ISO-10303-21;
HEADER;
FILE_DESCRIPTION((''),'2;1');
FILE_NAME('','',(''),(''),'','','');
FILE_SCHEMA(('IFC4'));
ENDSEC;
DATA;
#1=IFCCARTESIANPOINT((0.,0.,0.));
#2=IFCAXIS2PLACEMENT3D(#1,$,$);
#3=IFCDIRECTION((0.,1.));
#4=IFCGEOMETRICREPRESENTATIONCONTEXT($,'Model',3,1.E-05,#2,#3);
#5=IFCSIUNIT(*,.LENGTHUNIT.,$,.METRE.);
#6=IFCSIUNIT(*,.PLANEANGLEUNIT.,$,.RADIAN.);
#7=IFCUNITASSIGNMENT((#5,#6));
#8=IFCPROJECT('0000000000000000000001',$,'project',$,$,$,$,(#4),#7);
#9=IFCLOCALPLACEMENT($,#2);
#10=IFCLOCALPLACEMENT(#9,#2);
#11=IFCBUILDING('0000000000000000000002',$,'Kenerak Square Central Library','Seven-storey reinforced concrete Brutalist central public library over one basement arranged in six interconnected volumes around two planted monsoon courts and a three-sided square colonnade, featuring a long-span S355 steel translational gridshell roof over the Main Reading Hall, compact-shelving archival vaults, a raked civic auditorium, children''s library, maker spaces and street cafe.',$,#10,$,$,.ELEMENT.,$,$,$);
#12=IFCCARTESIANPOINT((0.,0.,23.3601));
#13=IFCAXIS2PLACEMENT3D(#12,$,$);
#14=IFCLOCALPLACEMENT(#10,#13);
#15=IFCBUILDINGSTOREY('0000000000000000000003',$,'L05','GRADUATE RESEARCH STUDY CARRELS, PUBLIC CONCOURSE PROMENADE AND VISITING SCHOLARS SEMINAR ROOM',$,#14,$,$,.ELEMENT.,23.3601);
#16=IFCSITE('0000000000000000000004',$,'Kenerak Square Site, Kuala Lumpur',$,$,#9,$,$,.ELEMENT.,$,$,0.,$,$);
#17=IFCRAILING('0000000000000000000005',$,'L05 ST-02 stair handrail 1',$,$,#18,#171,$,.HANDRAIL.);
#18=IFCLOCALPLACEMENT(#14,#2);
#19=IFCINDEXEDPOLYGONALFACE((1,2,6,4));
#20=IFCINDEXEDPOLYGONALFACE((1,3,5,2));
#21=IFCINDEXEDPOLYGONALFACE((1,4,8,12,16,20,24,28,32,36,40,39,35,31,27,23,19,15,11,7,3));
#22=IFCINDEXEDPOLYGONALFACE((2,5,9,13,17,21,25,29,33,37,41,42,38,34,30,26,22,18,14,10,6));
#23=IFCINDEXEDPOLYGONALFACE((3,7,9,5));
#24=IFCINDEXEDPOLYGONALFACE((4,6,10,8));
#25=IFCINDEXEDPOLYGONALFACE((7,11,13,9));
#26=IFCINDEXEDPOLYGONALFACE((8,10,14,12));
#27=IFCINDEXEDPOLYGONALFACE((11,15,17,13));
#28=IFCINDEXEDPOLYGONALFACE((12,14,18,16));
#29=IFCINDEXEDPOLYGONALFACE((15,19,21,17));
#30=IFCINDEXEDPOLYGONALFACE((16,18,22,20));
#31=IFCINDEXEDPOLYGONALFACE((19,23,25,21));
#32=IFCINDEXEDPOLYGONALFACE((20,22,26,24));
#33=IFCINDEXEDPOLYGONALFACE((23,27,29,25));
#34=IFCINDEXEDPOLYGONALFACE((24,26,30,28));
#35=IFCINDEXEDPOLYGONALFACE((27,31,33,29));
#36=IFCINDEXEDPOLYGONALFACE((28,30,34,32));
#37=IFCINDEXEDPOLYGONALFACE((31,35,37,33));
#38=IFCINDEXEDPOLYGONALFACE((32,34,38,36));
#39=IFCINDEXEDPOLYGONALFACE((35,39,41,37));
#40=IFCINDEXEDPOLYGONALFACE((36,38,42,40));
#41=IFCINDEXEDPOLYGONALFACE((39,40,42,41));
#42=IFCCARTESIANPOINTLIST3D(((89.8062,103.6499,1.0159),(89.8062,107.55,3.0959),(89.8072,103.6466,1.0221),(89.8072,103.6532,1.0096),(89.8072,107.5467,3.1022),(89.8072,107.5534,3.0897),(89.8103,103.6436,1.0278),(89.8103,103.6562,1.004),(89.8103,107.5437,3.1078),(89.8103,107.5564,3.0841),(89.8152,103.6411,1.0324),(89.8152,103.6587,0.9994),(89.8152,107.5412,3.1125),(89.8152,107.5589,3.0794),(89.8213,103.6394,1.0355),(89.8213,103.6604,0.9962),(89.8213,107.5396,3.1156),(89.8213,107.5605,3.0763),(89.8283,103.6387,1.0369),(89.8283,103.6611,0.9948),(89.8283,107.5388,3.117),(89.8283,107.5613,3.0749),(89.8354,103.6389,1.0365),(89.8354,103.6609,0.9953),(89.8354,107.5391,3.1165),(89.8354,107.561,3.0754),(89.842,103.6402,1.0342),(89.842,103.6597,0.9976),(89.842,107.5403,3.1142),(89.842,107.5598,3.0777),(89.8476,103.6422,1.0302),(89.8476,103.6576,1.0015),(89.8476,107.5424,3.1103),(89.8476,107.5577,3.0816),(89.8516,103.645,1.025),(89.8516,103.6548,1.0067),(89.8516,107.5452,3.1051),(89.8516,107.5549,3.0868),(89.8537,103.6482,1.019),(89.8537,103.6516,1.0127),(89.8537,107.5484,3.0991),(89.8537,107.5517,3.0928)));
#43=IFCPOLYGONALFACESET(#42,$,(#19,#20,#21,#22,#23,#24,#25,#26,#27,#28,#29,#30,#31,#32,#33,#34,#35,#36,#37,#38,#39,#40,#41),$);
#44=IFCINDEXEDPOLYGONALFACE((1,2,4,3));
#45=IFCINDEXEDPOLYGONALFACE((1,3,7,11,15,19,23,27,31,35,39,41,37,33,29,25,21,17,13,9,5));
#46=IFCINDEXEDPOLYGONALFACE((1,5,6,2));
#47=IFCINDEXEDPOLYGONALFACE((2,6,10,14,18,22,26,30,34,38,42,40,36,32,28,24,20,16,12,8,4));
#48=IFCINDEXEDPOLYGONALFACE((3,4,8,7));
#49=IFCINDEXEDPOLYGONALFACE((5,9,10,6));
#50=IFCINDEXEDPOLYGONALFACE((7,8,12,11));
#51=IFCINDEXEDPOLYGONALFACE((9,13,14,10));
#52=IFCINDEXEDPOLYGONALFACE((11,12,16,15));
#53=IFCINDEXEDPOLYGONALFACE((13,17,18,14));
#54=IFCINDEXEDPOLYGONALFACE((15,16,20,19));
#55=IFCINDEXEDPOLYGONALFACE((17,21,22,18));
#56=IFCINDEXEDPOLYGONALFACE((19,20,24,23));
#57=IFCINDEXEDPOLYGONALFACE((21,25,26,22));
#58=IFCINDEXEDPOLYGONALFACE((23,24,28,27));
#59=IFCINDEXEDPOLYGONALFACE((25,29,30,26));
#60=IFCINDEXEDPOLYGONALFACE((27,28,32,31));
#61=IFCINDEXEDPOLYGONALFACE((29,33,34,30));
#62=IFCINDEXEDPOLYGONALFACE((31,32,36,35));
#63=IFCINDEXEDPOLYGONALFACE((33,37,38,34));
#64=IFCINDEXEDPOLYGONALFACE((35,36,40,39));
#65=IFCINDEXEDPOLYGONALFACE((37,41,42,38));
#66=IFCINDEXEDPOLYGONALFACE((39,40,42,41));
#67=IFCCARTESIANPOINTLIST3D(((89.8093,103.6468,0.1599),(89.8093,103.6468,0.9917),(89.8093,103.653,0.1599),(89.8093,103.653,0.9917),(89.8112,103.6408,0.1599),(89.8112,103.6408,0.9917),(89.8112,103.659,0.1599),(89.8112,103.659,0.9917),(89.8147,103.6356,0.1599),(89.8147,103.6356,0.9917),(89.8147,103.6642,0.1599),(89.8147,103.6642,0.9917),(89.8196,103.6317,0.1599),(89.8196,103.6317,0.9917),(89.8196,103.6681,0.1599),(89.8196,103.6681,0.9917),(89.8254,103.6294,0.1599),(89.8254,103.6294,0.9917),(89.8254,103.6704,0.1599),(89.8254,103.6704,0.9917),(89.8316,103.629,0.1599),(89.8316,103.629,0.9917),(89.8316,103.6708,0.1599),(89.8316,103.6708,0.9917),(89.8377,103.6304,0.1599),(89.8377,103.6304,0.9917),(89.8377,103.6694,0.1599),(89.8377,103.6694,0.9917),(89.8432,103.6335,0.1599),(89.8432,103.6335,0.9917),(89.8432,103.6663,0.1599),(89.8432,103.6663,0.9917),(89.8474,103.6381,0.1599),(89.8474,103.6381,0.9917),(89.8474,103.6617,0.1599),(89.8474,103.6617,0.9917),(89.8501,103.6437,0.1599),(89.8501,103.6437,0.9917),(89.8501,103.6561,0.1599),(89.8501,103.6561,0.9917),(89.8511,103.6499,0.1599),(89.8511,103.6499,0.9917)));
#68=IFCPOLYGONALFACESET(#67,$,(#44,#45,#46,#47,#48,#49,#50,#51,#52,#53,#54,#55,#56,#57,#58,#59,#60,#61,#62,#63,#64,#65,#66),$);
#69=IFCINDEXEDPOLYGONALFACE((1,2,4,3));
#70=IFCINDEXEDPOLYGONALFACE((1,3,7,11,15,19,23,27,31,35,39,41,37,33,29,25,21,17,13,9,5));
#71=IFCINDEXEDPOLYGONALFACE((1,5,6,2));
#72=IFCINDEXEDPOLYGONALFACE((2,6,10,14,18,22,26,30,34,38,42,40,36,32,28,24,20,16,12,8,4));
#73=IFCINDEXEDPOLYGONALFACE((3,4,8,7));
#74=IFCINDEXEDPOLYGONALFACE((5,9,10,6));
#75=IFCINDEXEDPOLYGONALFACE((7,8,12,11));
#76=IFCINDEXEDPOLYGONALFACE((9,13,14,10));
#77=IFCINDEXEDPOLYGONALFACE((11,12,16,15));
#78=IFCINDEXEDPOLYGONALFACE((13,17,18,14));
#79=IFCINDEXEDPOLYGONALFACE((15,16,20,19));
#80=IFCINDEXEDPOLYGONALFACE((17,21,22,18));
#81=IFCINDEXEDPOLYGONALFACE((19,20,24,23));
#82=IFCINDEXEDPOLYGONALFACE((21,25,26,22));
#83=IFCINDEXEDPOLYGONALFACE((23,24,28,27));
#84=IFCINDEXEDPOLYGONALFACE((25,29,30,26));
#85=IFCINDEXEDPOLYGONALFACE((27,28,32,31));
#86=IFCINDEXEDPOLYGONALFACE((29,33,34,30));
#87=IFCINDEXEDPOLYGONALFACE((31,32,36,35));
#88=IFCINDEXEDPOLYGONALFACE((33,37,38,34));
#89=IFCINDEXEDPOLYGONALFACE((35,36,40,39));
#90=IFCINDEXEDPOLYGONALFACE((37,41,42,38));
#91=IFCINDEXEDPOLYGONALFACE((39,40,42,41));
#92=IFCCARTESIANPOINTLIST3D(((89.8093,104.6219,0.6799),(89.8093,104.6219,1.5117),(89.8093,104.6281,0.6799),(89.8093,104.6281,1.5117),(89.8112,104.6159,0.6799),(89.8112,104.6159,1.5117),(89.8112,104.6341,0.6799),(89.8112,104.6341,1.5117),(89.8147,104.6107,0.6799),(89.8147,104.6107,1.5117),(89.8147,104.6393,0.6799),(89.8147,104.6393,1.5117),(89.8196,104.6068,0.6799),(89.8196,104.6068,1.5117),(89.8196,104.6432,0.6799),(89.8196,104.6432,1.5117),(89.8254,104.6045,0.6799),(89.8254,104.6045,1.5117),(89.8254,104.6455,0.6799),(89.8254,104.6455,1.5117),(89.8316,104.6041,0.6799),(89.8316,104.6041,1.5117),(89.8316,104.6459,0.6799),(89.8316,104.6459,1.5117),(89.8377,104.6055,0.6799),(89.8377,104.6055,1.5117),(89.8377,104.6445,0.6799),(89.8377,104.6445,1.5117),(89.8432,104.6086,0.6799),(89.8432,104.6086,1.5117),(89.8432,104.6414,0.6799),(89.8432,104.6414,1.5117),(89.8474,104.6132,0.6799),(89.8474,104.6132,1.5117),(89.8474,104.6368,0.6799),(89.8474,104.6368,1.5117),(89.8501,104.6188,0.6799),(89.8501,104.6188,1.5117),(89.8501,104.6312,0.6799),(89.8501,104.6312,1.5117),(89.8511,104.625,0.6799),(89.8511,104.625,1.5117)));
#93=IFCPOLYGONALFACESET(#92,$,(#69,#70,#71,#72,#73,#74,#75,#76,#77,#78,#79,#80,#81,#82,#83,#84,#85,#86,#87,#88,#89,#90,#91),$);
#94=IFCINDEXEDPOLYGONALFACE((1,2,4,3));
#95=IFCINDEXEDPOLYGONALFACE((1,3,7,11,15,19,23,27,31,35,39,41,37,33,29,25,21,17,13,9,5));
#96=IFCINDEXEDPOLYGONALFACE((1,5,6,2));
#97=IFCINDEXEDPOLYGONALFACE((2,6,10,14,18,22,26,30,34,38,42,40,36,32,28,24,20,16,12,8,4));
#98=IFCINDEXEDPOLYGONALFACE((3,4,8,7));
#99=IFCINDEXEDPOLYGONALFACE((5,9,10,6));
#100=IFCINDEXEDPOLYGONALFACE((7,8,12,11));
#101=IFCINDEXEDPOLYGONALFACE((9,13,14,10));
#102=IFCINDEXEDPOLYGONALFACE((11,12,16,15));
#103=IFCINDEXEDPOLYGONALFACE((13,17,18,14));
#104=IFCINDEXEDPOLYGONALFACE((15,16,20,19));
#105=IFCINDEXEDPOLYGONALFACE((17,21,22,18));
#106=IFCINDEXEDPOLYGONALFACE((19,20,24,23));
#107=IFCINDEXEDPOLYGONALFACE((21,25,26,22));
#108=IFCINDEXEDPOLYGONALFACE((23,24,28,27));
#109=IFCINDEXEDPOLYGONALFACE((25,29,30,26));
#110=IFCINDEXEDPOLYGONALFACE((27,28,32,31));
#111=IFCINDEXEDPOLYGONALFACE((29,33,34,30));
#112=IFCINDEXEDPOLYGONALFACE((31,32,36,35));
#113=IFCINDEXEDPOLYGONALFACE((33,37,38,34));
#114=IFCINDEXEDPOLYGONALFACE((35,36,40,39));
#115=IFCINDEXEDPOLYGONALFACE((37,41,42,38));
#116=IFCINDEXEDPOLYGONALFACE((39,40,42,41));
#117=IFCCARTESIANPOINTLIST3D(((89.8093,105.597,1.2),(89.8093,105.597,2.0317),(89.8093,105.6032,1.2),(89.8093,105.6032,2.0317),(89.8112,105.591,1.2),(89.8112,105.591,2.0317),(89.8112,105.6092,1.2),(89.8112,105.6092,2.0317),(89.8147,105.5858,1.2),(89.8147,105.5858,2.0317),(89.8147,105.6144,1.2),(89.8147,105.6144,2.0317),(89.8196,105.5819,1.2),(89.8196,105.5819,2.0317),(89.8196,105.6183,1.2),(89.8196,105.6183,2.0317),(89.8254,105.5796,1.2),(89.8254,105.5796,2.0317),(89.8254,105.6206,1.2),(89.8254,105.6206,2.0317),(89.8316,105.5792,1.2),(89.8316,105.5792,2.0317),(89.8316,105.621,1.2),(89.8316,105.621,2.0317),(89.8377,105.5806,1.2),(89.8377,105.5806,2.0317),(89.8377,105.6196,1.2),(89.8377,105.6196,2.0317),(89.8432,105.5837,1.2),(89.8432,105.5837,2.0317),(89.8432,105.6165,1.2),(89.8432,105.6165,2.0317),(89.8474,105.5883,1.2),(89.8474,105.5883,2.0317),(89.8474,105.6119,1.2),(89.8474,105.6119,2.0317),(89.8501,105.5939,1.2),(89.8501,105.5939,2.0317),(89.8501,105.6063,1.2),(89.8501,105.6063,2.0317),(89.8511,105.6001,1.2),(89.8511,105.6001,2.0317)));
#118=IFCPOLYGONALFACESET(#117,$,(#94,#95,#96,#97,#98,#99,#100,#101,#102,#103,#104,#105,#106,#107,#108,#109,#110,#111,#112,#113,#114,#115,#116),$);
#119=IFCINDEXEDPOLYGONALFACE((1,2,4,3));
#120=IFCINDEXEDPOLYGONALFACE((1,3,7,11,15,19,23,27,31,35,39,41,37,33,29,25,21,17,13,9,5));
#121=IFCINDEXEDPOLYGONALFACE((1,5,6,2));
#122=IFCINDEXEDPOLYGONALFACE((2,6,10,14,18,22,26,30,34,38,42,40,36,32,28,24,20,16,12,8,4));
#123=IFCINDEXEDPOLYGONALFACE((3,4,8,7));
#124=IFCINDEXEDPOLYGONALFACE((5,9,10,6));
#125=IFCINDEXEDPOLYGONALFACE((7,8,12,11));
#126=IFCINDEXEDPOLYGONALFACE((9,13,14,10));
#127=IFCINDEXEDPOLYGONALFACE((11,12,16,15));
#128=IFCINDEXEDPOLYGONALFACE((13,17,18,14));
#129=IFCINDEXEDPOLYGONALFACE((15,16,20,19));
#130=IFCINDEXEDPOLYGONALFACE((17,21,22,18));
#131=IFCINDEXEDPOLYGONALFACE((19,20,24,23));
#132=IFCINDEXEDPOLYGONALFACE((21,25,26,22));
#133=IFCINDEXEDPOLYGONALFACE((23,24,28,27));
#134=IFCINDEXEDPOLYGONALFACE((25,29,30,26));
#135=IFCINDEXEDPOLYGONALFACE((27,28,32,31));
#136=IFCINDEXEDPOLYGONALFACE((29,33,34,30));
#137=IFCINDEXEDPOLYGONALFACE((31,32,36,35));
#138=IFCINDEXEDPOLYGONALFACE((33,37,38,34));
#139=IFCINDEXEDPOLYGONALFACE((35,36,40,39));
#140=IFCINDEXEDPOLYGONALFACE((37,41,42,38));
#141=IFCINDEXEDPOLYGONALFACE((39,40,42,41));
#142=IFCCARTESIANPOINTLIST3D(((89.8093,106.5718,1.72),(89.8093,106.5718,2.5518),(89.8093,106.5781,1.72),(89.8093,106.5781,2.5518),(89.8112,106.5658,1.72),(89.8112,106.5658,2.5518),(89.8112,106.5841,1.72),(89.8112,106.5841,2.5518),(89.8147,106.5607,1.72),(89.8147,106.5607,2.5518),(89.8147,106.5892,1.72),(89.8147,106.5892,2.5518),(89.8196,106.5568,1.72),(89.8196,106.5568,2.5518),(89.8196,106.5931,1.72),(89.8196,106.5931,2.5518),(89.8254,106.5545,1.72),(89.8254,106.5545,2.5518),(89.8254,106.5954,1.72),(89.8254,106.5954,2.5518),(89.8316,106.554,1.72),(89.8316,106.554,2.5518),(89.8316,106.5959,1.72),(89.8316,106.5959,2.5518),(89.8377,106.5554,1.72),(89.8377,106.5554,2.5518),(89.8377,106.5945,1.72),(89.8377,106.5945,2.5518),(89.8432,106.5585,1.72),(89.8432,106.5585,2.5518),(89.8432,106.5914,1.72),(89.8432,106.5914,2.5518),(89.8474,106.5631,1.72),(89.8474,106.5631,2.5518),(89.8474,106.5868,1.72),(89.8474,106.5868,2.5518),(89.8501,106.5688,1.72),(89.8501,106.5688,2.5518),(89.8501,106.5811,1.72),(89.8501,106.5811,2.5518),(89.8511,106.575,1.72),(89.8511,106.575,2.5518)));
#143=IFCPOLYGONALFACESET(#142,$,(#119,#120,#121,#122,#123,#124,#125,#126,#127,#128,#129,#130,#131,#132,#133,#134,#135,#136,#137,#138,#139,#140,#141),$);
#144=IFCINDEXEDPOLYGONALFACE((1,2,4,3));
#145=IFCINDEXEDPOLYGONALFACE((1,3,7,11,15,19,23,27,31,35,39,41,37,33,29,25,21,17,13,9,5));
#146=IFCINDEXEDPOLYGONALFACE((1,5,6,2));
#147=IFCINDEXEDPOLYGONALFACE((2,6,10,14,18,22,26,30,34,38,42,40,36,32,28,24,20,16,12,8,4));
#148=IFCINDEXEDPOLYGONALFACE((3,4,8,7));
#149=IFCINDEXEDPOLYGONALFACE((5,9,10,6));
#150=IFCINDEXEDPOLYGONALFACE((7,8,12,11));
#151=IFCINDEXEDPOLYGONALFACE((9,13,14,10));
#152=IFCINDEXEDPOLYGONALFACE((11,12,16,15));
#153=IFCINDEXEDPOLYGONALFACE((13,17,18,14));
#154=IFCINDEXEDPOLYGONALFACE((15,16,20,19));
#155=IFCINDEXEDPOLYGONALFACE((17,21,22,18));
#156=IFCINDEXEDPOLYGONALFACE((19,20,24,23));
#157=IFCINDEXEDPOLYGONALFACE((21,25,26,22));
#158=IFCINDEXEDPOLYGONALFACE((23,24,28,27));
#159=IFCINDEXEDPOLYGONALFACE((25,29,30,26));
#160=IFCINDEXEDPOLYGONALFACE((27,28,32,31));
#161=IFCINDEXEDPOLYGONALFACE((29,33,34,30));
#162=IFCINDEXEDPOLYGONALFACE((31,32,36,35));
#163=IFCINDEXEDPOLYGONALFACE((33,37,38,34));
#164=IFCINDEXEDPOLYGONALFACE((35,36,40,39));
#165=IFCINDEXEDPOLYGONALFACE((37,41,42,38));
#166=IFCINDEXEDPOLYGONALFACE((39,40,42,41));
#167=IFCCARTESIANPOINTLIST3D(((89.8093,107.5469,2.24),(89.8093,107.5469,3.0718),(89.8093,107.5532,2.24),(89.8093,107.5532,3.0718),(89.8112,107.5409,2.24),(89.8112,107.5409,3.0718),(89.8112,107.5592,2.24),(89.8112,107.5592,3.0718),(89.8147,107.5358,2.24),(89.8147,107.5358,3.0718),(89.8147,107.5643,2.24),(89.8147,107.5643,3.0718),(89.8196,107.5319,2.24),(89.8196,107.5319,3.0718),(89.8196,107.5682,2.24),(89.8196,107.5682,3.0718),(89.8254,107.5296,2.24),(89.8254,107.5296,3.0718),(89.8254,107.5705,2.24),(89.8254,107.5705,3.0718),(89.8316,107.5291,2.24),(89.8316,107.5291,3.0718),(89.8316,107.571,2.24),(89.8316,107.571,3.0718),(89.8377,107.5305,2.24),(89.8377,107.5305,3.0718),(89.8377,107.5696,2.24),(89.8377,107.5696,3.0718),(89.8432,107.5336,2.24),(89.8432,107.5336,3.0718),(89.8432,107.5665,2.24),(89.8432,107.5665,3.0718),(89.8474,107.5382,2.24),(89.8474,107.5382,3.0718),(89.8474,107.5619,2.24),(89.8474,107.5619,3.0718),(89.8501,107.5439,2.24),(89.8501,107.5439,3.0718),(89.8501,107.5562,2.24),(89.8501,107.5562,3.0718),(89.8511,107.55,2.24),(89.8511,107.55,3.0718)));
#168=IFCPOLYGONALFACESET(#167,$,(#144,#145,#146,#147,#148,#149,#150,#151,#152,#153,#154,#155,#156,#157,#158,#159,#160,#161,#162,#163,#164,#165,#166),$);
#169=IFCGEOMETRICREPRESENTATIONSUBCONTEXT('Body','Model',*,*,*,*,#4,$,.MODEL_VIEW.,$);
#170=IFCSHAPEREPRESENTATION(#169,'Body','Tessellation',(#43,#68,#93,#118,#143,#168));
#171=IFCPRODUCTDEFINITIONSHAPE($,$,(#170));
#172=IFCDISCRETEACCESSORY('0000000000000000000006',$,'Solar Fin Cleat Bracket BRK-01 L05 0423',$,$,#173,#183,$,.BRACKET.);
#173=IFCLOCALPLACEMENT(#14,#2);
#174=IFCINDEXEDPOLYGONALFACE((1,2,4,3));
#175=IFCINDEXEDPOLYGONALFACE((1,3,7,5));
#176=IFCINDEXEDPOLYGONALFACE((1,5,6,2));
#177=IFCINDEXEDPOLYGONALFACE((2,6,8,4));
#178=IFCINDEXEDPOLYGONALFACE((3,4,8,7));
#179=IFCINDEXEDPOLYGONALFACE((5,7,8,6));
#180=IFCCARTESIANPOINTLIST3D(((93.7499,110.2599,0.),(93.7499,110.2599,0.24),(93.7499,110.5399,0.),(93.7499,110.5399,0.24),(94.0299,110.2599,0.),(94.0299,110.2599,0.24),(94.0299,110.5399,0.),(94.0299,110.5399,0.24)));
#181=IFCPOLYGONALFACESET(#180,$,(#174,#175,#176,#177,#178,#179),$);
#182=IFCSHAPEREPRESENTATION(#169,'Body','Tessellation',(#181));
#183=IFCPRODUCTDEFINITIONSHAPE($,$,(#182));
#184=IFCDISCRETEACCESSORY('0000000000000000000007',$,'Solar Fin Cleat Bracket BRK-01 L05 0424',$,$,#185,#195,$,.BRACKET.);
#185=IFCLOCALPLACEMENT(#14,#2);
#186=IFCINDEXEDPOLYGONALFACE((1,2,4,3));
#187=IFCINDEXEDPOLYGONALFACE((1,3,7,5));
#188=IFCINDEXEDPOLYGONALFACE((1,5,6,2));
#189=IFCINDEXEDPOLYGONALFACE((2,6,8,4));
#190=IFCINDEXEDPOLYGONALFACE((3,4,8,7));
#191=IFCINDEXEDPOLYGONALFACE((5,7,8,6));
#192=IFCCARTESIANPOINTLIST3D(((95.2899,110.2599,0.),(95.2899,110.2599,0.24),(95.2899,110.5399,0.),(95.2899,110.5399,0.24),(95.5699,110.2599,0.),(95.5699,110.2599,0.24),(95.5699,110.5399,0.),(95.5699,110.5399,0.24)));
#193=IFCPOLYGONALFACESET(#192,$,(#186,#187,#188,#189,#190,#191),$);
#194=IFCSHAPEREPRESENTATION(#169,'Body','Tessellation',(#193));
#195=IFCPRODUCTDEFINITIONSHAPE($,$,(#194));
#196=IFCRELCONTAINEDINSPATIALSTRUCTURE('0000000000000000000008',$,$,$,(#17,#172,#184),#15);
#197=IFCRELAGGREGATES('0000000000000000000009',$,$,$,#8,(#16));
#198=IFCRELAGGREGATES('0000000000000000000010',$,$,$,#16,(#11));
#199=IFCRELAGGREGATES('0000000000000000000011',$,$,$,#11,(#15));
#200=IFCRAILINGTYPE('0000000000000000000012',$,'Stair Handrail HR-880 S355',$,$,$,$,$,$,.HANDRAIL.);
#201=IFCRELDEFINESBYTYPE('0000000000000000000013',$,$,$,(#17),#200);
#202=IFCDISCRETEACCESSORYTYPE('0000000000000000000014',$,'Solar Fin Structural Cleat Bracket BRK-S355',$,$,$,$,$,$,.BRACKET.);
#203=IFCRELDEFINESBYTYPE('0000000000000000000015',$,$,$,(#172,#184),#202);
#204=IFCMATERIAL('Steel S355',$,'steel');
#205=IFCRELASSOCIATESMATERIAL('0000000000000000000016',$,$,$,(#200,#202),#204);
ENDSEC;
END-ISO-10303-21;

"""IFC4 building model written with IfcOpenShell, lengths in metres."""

from ifc_helpers import new_model, si_unit, direction, frame, origin, origin_2d, place, context, subcontext, project, spatial, rectangle, circle, extrude, material, type_object, element, save


model = new_model("IFC4")

# Units and contexts
model_context = context("Model", 3, precision=1e-05, world=origin(), true_north=direction((0.0, 1.0)))
body_context = subcontext(model_context, "Body", "Model", "MODEL_VIEW")
ifc_project = project(units=[si_unit("LENGTHUNIT", "METRE"), si_unit("PLANEANGLEUNIT", "RADIAN")], contexts=[model_context])

# Site, building, storey
site_placement = place(None, origin())
site = spatial("IfcSite", under=ifc_project, at=site_placement, Name="Kenerak Square Site, Kuala Lumpur", CompositionType="ELEMENT", RefElevation=0.0)
building_placement = place(site_placement, origin())
building = spatial("IfcBuilding", under=site, at=building_placement, Name="Kenerak Square Central Library", Description="Seven-storey reinforced concrete Brutalist central public library over one basement arranged in six interconnected volumes around two planted monsoon courts and a three-sided square colonnade, featuring a long-span S355 steel translational gridshell roof over the Main Reading Hall, compact-shelving archival vaults, a raked civic auditorium, children's library, maker spaces and street cafe.", CompositionType="ELEMENT")
storey_placement = place(building_placement, frame((0.0, 0.0, 23.3601)))
storey = spatial("IfcBuildingStorey", under=building, at=storey_placement, Name="L05", Description="GRADUATE RESEARCH STUDY CARRELS, PUBLIC CONCOURSE PROMENADE AND VISITING SCHOLARS SEMINAR ROOM", CompositionType="ELEMENT", Elevation=23.3601)

# Railing
ifc_material_1 = material(Name="Steel S355", Category="steel")
railing_type_1 = type_object("IfcRailingType", Name="Stair Handrail HR-880 S355", PredefinedType="HANDRAIL", material=ifc_material_1)
railing_1_placement = place(storey_placement, frame((89.8301, 103.6499, 0.1599)))
element("IfcRailing", 1, at=railing_1_placement, inside=storey, type_object=railing_type_1, Name="L05 ST-02 stair handrail 1", PredefinedType="HANDRAIL", context=body_context, shape_type="SweptSolid", body=[
    extrude(circle(Radius=0.0239, at=origin_2d()), frame((0.0, 0.0, 0.856), z_axis=(0.0, 0.882353, 0.470588), x_axis=(-1.0, 0.0, 0.0)), (0.0, 0.0, 1.0), 4.4202),
    extrude(circle(Radius=0.021, at=origin_2d()), origin(), (0.0, 0.0, 1.0), 0.8318),
    extrude(circle(Radius=0.021, at=origin_2d()), frame((0.0, 0.9751, 0.52)), (0.0, 0.0, 1.0), 0.8318),
    extrude(circle(Radius=0.021, at=origin_2d()), frame((0.0, 1.9502, 1.04)), (0.0, 0.0, 1.0), 0.8318),
    extrude(circle(Radius=0.021, at=origin_2d()), frame((0.0, 2.925, 1.5601)), (0.0, 0.0, 1.0), 0.8318),
    extrude(circle(Radius=0.021, at=origin_2d()), frame((0.0, 3.9001, 2.0801)), (0.0, 0.0, 1.0), 0.8318),
])

# Discrete accessories
discrete_accessory_type = type_object("IfcDiscreteAccessoryType", Name="Solar Fin Structural Cleat Bracket BRK-S355", PredefinedType="BRACKET", material=ifc_material_1)
for number, where, z_axis, x_axis, name in (
    (2, (93.8899, 110.3999, 0.0), (0.0, 0.0, 1.0), (1.0, 0.0, 0.0), "Solar Fin Cleat Bracket BRK-01 L05 0423"),
    (3, (95.4299, 110.3999, 0.0), (0.0, 0.0, 1.0), (1.0, 0.0, 0.0), "Solar Fin Cleat Bracket BRK-01 L05 0424"),
):
    element("IfcDiscreteAccessory", number, at=place(storey_placement, frame(where, z_axis=z_axis, x_axis=x_axis)), inside=storey, type_object=discrete_accessory_type, Name=name, PredefinedType="BRACKET", context=body_context, shape_type="SweptSolid", body=[
        extrude(rectangle(XDim=0.28, YDim=0.28, at=origin_2d()), origin(), (0.0, 0.0, 1.0), 0.24),
    ])

save(model, "model.ifc")
